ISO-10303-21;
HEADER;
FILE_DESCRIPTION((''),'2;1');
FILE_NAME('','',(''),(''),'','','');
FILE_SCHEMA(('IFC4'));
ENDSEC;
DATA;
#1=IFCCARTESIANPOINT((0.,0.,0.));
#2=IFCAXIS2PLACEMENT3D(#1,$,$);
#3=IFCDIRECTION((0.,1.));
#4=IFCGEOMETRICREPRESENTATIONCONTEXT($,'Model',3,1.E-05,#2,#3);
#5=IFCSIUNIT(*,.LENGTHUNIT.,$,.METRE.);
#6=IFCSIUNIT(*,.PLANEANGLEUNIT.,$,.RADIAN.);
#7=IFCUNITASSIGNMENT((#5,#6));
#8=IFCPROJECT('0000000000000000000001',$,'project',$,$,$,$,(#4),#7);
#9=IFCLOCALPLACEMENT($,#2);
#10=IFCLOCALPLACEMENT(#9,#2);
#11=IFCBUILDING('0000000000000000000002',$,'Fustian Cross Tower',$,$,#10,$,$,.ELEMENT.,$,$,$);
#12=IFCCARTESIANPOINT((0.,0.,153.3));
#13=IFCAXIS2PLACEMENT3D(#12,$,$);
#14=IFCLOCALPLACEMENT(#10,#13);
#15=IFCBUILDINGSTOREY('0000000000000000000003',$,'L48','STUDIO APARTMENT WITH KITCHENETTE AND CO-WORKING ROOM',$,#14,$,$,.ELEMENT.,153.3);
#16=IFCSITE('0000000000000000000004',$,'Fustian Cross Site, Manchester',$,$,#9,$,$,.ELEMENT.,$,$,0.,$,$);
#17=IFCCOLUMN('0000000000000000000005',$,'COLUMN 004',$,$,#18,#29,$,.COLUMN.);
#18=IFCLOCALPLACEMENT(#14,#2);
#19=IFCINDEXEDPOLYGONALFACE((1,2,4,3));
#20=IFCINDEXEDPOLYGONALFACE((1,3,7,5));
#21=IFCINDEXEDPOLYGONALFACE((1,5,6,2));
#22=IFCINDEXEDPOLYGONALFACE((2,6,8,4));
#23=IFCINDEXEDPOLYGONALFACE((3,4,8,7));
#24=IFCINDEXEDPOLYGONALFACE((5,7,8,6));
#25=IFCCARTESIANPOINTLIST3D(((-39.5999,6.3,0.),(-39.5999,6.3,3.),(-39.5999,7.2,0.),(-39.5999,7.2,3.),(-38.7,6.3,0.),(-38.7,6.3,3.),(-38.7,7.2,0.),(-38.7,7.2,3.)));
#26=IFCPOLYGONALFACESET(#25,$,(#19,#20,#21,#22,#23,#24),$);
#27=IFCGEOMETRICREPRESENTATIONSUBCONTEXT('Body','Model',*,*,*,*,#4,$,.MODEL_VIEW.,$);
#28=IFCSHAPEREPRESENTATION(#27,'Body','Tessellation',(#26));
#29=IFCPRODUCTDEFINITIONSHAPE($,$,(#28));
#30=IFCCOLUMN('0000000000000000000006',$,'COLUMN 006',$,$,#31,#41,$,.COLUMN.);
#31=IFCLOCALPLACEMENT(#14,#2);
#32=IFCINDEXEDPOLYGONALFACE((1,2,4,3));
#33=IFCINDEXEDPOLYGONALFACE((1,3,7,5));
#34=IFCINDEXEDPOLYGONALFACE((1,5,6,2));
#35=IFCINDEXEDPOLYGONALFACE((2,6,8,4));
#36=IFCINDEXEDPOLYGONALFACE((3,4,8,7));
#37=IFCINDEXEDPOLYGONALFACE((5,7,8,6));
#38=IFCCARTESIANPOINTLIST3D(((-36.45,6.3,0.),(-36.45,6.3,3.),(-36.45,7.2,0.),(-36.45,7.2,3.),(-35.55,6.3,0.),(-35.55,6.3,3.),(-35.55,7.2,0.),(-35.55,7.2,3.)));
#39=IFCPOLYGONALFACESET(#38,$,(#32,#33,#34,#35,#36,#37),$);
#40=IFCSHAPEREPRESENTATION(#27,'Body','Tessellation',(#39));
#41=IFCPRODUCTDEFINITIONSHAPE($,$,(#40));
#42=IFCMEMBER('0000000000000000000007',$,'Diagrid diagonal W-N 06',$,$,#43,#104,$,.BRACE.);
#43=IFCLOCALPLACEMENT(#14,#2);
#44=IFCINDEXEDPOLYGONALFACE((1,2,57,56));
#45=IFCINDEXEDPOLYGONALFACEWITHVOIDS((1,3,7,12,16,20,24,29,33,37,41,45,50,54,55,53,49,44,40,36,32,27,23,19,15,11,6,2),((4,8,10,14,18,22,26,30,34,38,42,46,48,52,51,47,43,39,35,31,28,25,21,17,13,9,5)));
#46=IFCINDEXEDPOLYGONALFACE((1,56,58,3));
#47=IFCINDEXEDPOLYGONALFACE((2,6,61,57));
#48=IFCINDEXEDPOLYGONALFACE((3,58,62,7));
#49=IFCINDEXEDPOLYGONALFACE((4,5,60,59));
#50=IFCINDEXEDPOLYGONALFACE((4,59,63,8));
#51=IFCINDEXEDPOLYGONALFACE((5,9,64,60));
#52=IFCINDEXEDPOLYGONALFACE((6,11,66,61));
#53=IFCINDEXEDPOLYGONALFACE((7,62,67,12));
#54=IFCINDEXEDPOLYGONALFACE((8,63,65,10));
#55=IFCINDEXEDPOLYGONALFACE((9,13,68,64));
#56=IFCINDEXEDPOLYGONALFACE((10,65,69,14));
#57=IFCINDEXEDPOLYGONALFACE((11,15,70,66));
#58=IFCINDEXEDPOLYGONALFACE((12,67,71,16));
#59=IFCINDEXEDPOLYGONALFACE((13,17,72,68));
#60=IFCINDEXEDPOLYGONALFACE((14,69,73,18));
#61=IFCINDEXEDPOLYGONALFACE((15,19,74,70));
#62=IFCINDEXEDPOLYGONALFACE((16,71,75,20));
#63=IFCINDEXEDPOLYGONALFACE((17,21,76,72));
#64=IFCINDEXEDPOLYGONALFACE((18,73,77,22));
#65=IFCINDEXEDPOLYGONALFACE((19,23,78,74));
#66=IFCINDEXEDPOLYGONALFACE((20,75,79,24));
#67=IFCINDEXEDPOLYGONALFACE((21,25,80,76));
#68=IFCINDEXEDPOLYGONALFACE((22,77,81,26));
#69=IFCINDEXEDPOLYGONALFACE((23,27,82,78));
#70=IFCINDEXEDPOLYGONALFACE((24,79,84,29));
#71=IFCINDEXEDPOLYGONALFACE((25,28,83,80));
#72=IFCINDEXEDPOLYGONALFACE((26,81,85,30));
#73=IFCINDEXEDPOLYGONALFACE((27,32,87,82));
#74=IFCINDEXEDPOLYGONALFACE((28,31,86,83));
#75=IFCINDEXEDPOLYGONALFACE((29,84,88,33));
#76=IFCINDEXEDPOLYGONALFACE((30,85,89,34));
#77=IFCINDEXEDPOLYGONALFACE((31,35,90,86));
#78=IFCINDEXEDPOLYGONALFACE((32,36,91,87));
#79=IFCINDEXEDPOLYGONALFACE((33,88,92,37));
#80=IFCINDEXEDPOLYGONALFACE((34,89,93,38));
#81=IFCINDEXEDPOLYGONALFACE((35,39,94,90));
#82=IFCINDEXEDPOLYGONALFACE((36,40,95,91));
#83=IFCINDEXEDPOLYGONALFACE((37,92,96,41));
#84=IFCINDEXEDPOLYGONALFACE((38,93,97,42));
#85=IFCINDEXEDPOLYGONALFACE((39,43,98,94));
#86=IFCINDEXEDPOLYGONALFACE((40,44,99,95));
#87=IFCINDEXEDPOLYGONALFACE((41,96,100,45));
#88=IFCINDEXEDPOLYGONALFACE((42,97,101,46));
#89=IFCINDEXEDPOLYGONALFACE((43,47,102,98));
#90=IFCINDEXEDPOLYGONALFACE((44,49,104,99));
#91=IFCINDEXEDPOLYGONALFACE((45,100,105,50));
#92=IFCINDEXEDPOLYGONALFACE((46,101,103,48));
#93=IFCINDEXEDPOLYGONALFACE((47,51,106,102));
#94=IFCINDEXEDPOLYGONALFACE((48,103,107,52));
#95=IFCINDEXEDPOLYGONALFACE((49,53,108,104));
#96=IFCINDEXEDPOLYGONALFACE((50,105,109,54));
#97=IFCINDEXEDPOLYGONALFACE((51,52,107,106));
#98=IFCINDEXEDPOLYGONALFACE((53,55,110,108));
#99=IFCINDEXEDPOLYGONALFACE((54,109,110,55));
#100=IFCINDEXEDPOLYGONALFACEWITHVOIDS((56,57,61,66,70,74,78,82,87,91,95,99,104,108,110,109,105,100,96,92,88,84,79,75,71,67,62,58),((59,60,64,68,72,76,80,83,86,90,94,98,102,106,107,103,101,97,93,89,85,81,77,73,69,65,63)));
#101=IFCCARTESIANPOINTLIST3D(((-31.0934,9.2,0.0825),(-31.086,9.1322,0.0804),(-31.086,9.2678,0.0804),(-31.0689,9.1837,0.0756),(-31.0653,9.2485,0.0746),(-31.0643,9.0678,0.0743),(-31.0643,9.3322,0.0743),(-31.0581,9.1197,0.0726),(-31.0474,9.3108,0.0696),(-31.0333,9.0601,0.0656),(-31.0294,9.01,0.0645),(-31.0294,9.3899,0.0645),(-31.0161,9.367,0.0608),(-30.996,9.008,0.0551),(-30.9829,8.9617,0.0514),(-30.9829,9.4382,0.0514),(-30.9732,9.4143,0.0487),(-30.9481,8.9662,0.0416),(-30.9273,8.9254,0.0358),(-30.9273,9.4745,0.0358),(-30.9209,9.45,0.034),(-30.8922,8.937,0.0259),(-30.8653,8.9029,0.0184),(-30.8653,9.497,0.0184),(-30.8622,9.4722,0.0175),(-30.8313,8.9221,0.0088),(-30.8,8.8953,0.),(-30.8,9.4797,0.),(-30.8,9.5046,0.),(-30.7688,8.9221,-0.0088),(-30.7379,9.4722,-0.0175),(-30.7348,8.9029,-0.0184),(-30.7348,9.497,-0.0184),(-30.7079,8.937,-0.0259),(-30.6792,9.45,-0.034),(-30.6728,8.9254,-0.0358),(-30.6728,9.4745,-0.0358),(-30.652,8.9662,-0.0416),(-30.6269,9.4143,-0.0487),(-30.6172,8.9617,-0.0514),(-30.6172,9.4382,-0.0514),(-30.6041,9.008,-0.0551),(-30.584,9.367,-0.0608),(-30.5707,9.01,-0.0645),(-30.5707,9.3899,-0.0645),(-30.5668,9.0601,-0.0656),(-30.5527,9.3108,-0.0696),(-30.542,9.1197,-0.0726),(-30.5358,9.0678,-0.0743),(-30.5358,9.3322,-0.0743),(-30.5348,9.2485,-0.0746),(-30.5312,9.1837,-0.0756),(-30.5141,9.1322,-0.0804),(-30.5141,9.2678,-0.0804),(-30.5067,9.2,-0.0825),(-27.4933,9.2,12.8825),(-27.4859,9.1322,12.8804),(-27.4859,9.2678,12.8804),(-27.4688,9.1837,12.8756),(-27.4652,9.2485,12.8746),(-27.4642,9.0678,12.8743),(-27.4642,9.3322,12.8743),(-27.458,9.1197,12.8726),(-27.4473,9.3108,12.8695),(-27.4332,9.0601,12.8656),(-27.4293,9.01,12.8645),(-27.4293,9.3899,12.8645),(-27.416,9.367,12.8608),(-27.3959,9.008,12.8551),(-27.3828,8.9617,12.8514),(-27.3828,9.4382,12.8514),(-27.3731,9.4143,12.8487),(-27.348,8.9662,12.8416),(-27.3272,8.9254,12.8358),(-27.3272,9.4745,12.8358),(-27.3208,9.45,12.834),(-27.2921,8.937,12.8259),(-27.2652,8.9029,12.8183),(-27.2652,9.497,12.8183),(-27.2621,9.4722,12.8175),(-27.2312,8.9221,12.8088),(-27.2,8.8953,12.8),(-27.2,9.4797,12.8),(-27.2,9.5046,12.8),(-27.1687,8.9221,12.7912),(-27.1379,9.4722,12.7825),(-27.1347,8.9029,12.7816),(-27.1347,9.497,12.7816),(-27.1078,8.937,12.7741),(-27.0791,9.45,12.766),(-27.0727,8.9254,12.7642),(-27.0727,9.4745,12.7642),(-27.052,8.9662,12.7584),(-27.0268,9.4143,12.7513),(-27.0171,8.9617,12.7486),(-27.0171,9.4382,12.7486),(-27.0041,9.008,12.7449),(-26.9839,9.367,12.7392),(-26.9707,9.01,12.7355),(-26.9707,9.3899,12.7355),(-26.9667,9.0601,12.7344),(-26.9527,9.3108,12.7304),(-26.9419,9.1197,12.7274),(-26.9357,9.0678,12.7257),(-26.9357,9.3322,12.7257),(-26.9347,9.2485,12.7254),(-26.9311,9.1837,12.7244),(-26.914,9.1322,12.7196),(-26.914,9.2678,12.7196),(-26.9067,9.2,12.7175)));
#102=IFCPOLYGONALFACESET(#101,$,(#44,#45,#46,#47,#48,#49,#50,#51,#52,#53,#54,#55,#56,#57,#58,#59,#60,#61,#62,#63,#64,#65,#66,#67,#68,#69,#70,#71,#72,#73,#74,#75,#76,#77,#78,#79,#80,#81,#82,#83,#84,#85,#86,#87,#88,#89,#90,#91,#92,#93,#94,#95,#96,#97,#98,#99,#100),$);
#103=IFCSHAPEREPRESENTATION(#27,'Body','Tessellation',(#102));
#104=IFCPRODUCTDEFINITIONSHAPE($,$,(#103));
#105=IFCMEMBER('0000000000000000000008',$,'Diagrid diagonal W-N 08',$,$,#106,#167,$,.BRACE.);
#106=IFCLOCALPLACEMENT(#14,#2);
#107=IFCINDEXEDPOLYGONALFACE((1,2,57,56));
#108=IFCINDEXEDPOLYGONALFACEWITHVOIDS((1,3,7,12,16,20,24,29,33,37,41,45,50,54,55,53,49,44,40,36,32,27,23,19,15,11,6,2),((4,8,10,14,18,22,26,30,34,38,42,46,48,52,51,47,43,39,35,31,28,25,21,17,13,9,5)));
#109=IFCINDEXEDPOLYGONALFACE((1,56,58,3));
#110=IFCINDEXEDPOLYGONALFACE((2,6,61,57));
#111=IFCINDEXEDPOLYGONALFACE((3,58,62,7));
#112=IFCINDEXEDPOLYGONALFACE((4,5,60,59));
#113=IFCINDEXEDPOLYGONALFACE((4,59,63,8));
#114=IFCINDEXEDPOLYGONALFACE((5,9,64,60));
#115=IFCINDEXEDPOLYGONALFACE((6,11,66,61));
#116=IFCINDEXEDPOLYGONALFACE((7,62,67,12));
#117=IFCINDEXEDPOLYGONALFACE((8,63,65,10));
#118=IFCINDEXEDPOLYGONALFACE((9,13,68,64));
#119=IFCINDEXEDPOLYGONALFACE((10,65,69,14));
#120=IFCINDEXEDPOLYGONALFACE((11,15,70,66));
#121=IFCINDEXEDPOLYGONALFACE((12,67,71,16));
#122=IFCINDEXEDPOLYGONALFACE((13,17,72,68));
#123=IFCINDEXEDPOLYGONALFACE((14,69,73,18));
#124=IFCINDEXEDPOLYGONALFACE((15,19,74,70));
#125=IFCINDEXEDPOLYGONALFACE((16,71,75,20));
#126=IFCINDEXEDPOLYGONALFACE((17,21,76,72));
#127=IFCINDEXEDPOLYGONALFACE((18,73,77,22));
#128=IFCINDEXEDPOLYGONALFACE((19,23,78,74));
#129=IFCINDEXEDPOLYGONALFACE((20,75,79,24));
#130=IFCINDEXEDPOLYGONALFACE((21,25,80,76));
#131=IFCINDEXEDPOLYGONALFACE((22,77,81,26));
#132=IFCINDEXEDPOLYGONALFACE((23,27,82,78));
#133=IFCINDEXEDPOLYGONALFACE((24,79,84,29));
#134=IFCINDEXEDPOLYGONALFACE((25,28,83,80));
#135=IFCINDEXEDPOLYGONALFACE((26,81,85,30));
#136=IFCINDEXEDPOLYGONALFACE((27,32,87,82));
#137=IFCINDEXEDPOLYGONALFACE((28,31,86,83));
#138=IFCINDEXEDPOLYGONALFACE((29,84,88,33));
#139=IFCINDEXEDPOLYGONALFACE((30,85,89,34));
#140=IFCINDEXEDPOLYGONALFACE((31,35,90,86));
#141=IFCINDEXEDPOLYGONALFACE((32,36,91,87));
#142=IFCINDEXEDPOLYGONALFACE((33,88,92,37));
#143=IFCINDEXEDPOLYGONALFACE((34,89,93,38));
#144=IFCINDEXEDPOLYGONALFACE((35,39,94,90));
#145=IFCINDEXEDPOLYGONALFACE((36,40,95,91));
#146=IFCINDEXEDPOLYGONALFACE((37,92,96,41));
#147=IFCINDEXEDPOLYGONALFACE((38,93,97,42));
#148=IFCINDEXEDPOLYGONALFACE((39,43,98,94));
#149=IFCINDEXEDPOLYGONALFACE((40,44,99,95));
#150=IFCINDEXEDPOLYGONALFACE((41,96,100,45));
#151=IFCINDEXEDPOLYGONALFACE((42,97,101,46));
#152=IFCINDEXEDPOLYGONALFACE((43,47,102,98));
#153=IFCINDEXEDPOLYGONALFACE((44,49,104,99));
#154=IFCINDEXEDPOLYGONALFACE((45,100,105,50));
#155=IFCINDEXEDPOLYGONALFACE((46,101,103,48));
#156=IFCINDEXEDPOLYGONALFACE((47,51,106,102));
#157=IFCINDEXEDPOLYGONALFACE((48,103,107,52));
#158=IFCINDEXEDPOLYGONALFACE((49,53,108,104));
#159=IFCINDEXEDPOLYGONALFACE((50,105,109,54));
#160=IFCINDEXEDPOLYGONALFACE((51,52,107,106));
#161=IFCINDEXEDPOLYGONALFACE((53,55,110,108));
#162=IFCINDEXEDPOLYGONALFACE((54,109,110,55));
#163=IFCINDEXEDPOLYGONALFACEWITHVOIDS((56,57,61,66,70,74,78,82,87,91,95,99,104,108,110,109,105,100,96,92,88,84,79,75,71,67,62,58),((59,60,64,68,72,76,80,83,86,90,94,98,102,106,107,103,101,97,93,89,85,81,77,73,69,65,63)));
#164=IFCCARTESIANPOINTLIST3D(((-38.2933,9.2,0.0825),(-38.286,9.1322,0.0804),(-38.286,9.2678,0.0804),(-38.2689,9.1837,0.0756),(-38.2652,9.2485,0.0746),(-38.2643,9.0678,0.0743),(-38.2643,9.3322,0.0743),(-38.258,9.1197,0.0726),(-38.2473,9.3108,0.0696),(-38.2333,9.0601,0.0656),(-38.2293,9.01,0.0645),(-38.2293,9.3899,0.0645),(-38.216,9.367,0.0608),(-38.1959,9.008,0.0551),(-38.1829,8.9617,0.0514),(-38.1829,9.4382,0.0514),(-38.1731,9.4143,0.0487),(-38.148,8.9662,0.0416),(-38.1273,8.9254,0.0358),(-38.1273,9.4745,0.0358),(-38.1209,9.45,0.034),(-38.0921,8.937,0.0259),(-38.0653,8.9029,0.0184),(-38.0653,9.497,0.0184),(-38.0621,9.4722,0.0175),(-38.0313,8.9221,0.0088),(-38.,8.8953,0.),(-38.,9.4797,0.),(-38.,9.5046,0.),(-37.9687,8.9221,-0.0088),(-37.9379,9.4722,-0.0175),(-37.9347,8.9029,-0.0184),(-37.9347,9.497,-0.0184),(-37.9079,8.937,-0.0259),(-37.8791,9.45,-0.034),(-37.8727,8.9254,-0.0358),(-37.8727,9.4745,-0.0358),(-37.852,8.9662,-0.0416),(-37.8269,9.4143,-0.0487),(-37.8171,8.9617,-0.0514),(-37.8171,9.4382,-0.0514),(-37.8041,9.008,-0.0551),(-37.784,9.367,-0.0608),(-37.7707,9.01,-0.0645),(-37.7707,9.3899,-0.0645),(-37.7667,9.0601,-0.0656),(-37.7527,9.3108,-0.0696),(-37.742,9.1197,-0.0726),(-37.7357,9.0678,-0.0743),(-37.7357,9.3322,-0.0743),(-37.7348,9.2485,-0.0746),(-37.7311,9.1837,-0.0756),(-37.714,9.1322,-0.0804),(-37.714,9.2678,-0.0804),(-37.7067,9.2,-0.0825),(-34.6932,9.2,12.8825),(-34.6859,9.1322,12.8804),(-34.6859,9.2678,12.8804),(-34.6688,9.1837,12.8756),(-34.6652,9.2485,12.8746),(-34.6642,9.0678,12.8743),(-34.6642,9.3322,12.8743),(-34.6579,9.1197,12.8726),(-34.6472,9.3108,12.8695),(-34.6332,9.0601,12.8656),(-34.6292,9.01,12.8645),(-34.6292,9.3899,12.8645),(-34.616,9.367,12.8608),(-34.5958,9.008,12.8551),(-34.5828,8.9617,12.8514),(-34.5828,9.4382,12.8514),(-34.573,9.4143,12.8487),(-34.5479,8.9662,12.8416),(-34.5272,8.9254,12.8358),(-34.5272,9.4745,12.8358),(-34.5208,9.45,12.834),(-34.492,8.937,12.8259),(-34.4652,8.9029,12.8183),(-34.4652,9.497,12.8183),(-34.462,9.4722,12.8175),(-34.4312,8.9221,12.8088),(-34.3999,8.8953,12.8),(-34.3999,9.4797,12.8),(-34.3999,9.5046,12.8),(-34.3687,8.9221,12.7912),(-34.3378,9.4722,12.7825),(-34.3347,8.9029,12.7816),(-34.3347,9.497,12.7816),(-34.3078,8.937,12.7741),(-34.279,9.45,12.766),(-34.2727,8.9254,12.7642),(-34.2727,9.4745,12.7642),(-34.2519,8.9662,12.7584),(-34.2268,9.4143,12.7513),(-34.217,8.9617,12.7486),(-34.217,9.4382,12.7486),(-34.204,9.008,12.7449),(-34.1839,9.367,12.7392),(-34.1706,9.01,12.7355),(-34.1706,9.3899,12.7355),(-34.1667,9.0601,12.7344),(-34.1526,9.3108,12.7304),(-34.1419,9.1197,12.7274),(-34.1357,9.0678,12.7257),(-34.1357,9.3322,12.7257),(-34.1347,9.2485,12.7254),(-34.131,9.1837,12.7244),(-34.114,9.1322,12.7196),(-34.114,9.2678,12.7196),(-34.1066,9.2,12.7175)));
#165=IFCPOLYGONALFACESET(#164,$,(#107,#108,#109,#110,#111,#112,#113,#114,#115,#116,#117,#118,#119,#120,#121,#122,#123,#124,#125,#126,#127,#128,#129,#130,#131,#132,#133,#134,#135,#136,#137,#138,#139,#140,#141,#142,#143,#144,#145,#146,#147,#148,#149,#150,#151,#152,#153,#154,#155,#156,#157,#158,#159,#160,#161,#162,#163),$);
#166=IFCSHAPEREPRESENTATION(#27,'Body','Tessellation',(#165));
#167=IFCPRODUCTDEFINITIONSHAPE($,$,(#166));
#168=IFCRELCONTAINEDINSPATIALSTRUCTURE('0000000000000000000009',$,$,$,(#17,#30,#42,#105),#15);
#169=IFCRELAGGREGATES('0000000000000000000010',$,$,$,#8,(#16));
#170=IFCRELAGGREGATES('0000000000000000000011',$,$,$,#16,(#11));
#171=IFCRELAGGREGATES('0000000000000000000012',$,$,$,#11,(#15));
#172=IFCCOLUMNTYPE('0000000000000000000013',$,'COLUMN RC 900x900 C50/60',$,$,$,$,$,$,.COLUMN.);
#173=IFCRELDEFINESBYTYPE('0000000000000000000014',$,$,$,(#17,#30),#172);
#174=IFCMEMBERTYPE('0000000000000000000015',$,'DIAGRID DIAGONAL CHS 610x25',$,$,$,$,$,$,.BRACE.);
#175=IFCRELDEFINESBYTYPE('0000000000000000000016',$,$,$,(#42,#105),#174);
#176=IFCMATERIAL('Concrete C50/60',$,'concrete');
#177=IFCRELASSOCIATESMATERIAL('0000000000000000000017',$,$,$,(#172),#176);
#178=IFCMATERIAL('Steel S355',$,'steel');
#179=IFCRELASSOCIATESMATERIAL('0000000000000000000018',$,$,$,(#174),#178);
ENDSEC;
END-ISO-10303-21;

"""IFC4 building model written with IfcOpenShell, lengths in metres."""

from ifc_helpers import new_model, si_unit, direction, frame, origin, origin_2d, place, context, subcontext, project, spatial, rectangle, hollow_circle, extrude, material, material_profile, profile_set, type_object, element, save


model = new_model("IFC4")

# Units and contexts
model_context = context("Model", 3, precision=1e-05, world=origin(), true_north=direction((0.0, 1.0)))
body_context = subcontext(model_context, "Body", "Model", "MODEL_VIEW")
ifc_project = project(units=[si_unit("LENGTHUNIT", "METRE"), si_unit("PLANEANGLEUNIT", "RADIAN")], contexts=[model_context])

# Site, building, storey
site_placement = place(None, origin())
site = spatial("IfcSite", under=ifc_project, at=site_placement, Name="Fustian Cross Site, Manchester", CompositionType="ELEMENT", RefElevation=0.0)
building_placement = place(site_placement, origin())
building = spatial("IfcBuilding", under=site, at=building_placement, Name="Fustian Cross Tower", CompositionType="ELEMENT")
storey_placement = place(building_placement, frame((0.0, 0.0, 153.3)))
storey = spatial("IfcBuildingStorey", under=building, at=storey_placement, Name="L48", Description="STUDIO APARTMENT WITH KITCHENETTE AND CO-WORKING ROOM", CompositionType="ELEMENT", Elevation=153.3)

# Columns
ifc_material_1 = material(Name="Concrete C50/60", Category="concrete")
ifc_material_profile_1 = material_profile(ifc_material_1, rectangle(XDim=0.8999, YDim=0.8999, at=origin_2d()), Name="RC 900x900")
ifc_profile_set_1 = profile_set([ifc_material_profile_1], Name="Concrete C50/60")
column_type = type_object("IfcColumnType", Name="COLUMN RC 900x900 C50/60", PredefinedType="COLUMN", material=ifc_profile_set_1)
for number, where, z_axis, x_axis, name in (
    (1, (-39.1499, 6.75, 0.0), (0.0, 0.0, 1.0), (1.0, 0.0, 0.0), "COLUMN 004"),
    (2, (-36.0, 6.75, 0.0), (0.0, 0.0, 1.0), (1.0, 0.0, 0.0), "COLUMN 006"),
):
    element("IfcColumn", number, at=place(storey_placement, frame(where, z_axis=z_axis, x_axis=x_axis)), inside=storey, type_object=column_type, Name=name, PredefinedType="COLUMN", context=body_context, shape_type="SweptSolid", body=[
        extrude(rectangle(XDim=0.8999, YDim=0.8999, at=origin_2d()), origin(), (0.0, 0.0, 1.0), 3.0),
    ])

# Members
ifc_material_2 = material(Name="Steel S355", Category="steel")
ifc_material_profile_2 = material_profile(ifc_material_2, hollow_circle(Radius=0.3047, WallThickness=0.0249, at=origin_2d()), Name="CHS 610x25")
ifc_profile_set_2 = profile_set([ifc_material_profile_2], Name="Steel S355")
member_type = type_object("IfcMemberType", Name="DIAGRID DIAGONAL CHS 610x25", PredefinedType="BRACE", material=ifc_profile_set_2)
for number, where, z_axis, x_axis, name in (
    (3, (-30.8, 9.2, 0.0), (0.270751, 0.0, 0.962649), (0.0, 1.0, 0.0), "Diagrid diagonal W-N 06"),
    (4, (-38.0, 9.2, 0.0), (0.270751, 0.0, 0.962649), (0.0, 1.0, 0.0), "Diagrid diagonal W-N 08"),
):
    element("IfcMember", number, at=place(storey_placement, frame(where, z_axis=z_axis, x_axis=x_axis)), inside=storey, type_object=member_type, Name=name, PredefinedType="BRACE", context=body_context, shape_type="SweptSolid", body=[
        extrude(hollow_circle(Radius=0.3047, WallThickness=0.0249, at=origin_2d()), origin(), (0.0, 0.0, 1.0), 13.2966),
    ])

save(model, "model.ifc")
